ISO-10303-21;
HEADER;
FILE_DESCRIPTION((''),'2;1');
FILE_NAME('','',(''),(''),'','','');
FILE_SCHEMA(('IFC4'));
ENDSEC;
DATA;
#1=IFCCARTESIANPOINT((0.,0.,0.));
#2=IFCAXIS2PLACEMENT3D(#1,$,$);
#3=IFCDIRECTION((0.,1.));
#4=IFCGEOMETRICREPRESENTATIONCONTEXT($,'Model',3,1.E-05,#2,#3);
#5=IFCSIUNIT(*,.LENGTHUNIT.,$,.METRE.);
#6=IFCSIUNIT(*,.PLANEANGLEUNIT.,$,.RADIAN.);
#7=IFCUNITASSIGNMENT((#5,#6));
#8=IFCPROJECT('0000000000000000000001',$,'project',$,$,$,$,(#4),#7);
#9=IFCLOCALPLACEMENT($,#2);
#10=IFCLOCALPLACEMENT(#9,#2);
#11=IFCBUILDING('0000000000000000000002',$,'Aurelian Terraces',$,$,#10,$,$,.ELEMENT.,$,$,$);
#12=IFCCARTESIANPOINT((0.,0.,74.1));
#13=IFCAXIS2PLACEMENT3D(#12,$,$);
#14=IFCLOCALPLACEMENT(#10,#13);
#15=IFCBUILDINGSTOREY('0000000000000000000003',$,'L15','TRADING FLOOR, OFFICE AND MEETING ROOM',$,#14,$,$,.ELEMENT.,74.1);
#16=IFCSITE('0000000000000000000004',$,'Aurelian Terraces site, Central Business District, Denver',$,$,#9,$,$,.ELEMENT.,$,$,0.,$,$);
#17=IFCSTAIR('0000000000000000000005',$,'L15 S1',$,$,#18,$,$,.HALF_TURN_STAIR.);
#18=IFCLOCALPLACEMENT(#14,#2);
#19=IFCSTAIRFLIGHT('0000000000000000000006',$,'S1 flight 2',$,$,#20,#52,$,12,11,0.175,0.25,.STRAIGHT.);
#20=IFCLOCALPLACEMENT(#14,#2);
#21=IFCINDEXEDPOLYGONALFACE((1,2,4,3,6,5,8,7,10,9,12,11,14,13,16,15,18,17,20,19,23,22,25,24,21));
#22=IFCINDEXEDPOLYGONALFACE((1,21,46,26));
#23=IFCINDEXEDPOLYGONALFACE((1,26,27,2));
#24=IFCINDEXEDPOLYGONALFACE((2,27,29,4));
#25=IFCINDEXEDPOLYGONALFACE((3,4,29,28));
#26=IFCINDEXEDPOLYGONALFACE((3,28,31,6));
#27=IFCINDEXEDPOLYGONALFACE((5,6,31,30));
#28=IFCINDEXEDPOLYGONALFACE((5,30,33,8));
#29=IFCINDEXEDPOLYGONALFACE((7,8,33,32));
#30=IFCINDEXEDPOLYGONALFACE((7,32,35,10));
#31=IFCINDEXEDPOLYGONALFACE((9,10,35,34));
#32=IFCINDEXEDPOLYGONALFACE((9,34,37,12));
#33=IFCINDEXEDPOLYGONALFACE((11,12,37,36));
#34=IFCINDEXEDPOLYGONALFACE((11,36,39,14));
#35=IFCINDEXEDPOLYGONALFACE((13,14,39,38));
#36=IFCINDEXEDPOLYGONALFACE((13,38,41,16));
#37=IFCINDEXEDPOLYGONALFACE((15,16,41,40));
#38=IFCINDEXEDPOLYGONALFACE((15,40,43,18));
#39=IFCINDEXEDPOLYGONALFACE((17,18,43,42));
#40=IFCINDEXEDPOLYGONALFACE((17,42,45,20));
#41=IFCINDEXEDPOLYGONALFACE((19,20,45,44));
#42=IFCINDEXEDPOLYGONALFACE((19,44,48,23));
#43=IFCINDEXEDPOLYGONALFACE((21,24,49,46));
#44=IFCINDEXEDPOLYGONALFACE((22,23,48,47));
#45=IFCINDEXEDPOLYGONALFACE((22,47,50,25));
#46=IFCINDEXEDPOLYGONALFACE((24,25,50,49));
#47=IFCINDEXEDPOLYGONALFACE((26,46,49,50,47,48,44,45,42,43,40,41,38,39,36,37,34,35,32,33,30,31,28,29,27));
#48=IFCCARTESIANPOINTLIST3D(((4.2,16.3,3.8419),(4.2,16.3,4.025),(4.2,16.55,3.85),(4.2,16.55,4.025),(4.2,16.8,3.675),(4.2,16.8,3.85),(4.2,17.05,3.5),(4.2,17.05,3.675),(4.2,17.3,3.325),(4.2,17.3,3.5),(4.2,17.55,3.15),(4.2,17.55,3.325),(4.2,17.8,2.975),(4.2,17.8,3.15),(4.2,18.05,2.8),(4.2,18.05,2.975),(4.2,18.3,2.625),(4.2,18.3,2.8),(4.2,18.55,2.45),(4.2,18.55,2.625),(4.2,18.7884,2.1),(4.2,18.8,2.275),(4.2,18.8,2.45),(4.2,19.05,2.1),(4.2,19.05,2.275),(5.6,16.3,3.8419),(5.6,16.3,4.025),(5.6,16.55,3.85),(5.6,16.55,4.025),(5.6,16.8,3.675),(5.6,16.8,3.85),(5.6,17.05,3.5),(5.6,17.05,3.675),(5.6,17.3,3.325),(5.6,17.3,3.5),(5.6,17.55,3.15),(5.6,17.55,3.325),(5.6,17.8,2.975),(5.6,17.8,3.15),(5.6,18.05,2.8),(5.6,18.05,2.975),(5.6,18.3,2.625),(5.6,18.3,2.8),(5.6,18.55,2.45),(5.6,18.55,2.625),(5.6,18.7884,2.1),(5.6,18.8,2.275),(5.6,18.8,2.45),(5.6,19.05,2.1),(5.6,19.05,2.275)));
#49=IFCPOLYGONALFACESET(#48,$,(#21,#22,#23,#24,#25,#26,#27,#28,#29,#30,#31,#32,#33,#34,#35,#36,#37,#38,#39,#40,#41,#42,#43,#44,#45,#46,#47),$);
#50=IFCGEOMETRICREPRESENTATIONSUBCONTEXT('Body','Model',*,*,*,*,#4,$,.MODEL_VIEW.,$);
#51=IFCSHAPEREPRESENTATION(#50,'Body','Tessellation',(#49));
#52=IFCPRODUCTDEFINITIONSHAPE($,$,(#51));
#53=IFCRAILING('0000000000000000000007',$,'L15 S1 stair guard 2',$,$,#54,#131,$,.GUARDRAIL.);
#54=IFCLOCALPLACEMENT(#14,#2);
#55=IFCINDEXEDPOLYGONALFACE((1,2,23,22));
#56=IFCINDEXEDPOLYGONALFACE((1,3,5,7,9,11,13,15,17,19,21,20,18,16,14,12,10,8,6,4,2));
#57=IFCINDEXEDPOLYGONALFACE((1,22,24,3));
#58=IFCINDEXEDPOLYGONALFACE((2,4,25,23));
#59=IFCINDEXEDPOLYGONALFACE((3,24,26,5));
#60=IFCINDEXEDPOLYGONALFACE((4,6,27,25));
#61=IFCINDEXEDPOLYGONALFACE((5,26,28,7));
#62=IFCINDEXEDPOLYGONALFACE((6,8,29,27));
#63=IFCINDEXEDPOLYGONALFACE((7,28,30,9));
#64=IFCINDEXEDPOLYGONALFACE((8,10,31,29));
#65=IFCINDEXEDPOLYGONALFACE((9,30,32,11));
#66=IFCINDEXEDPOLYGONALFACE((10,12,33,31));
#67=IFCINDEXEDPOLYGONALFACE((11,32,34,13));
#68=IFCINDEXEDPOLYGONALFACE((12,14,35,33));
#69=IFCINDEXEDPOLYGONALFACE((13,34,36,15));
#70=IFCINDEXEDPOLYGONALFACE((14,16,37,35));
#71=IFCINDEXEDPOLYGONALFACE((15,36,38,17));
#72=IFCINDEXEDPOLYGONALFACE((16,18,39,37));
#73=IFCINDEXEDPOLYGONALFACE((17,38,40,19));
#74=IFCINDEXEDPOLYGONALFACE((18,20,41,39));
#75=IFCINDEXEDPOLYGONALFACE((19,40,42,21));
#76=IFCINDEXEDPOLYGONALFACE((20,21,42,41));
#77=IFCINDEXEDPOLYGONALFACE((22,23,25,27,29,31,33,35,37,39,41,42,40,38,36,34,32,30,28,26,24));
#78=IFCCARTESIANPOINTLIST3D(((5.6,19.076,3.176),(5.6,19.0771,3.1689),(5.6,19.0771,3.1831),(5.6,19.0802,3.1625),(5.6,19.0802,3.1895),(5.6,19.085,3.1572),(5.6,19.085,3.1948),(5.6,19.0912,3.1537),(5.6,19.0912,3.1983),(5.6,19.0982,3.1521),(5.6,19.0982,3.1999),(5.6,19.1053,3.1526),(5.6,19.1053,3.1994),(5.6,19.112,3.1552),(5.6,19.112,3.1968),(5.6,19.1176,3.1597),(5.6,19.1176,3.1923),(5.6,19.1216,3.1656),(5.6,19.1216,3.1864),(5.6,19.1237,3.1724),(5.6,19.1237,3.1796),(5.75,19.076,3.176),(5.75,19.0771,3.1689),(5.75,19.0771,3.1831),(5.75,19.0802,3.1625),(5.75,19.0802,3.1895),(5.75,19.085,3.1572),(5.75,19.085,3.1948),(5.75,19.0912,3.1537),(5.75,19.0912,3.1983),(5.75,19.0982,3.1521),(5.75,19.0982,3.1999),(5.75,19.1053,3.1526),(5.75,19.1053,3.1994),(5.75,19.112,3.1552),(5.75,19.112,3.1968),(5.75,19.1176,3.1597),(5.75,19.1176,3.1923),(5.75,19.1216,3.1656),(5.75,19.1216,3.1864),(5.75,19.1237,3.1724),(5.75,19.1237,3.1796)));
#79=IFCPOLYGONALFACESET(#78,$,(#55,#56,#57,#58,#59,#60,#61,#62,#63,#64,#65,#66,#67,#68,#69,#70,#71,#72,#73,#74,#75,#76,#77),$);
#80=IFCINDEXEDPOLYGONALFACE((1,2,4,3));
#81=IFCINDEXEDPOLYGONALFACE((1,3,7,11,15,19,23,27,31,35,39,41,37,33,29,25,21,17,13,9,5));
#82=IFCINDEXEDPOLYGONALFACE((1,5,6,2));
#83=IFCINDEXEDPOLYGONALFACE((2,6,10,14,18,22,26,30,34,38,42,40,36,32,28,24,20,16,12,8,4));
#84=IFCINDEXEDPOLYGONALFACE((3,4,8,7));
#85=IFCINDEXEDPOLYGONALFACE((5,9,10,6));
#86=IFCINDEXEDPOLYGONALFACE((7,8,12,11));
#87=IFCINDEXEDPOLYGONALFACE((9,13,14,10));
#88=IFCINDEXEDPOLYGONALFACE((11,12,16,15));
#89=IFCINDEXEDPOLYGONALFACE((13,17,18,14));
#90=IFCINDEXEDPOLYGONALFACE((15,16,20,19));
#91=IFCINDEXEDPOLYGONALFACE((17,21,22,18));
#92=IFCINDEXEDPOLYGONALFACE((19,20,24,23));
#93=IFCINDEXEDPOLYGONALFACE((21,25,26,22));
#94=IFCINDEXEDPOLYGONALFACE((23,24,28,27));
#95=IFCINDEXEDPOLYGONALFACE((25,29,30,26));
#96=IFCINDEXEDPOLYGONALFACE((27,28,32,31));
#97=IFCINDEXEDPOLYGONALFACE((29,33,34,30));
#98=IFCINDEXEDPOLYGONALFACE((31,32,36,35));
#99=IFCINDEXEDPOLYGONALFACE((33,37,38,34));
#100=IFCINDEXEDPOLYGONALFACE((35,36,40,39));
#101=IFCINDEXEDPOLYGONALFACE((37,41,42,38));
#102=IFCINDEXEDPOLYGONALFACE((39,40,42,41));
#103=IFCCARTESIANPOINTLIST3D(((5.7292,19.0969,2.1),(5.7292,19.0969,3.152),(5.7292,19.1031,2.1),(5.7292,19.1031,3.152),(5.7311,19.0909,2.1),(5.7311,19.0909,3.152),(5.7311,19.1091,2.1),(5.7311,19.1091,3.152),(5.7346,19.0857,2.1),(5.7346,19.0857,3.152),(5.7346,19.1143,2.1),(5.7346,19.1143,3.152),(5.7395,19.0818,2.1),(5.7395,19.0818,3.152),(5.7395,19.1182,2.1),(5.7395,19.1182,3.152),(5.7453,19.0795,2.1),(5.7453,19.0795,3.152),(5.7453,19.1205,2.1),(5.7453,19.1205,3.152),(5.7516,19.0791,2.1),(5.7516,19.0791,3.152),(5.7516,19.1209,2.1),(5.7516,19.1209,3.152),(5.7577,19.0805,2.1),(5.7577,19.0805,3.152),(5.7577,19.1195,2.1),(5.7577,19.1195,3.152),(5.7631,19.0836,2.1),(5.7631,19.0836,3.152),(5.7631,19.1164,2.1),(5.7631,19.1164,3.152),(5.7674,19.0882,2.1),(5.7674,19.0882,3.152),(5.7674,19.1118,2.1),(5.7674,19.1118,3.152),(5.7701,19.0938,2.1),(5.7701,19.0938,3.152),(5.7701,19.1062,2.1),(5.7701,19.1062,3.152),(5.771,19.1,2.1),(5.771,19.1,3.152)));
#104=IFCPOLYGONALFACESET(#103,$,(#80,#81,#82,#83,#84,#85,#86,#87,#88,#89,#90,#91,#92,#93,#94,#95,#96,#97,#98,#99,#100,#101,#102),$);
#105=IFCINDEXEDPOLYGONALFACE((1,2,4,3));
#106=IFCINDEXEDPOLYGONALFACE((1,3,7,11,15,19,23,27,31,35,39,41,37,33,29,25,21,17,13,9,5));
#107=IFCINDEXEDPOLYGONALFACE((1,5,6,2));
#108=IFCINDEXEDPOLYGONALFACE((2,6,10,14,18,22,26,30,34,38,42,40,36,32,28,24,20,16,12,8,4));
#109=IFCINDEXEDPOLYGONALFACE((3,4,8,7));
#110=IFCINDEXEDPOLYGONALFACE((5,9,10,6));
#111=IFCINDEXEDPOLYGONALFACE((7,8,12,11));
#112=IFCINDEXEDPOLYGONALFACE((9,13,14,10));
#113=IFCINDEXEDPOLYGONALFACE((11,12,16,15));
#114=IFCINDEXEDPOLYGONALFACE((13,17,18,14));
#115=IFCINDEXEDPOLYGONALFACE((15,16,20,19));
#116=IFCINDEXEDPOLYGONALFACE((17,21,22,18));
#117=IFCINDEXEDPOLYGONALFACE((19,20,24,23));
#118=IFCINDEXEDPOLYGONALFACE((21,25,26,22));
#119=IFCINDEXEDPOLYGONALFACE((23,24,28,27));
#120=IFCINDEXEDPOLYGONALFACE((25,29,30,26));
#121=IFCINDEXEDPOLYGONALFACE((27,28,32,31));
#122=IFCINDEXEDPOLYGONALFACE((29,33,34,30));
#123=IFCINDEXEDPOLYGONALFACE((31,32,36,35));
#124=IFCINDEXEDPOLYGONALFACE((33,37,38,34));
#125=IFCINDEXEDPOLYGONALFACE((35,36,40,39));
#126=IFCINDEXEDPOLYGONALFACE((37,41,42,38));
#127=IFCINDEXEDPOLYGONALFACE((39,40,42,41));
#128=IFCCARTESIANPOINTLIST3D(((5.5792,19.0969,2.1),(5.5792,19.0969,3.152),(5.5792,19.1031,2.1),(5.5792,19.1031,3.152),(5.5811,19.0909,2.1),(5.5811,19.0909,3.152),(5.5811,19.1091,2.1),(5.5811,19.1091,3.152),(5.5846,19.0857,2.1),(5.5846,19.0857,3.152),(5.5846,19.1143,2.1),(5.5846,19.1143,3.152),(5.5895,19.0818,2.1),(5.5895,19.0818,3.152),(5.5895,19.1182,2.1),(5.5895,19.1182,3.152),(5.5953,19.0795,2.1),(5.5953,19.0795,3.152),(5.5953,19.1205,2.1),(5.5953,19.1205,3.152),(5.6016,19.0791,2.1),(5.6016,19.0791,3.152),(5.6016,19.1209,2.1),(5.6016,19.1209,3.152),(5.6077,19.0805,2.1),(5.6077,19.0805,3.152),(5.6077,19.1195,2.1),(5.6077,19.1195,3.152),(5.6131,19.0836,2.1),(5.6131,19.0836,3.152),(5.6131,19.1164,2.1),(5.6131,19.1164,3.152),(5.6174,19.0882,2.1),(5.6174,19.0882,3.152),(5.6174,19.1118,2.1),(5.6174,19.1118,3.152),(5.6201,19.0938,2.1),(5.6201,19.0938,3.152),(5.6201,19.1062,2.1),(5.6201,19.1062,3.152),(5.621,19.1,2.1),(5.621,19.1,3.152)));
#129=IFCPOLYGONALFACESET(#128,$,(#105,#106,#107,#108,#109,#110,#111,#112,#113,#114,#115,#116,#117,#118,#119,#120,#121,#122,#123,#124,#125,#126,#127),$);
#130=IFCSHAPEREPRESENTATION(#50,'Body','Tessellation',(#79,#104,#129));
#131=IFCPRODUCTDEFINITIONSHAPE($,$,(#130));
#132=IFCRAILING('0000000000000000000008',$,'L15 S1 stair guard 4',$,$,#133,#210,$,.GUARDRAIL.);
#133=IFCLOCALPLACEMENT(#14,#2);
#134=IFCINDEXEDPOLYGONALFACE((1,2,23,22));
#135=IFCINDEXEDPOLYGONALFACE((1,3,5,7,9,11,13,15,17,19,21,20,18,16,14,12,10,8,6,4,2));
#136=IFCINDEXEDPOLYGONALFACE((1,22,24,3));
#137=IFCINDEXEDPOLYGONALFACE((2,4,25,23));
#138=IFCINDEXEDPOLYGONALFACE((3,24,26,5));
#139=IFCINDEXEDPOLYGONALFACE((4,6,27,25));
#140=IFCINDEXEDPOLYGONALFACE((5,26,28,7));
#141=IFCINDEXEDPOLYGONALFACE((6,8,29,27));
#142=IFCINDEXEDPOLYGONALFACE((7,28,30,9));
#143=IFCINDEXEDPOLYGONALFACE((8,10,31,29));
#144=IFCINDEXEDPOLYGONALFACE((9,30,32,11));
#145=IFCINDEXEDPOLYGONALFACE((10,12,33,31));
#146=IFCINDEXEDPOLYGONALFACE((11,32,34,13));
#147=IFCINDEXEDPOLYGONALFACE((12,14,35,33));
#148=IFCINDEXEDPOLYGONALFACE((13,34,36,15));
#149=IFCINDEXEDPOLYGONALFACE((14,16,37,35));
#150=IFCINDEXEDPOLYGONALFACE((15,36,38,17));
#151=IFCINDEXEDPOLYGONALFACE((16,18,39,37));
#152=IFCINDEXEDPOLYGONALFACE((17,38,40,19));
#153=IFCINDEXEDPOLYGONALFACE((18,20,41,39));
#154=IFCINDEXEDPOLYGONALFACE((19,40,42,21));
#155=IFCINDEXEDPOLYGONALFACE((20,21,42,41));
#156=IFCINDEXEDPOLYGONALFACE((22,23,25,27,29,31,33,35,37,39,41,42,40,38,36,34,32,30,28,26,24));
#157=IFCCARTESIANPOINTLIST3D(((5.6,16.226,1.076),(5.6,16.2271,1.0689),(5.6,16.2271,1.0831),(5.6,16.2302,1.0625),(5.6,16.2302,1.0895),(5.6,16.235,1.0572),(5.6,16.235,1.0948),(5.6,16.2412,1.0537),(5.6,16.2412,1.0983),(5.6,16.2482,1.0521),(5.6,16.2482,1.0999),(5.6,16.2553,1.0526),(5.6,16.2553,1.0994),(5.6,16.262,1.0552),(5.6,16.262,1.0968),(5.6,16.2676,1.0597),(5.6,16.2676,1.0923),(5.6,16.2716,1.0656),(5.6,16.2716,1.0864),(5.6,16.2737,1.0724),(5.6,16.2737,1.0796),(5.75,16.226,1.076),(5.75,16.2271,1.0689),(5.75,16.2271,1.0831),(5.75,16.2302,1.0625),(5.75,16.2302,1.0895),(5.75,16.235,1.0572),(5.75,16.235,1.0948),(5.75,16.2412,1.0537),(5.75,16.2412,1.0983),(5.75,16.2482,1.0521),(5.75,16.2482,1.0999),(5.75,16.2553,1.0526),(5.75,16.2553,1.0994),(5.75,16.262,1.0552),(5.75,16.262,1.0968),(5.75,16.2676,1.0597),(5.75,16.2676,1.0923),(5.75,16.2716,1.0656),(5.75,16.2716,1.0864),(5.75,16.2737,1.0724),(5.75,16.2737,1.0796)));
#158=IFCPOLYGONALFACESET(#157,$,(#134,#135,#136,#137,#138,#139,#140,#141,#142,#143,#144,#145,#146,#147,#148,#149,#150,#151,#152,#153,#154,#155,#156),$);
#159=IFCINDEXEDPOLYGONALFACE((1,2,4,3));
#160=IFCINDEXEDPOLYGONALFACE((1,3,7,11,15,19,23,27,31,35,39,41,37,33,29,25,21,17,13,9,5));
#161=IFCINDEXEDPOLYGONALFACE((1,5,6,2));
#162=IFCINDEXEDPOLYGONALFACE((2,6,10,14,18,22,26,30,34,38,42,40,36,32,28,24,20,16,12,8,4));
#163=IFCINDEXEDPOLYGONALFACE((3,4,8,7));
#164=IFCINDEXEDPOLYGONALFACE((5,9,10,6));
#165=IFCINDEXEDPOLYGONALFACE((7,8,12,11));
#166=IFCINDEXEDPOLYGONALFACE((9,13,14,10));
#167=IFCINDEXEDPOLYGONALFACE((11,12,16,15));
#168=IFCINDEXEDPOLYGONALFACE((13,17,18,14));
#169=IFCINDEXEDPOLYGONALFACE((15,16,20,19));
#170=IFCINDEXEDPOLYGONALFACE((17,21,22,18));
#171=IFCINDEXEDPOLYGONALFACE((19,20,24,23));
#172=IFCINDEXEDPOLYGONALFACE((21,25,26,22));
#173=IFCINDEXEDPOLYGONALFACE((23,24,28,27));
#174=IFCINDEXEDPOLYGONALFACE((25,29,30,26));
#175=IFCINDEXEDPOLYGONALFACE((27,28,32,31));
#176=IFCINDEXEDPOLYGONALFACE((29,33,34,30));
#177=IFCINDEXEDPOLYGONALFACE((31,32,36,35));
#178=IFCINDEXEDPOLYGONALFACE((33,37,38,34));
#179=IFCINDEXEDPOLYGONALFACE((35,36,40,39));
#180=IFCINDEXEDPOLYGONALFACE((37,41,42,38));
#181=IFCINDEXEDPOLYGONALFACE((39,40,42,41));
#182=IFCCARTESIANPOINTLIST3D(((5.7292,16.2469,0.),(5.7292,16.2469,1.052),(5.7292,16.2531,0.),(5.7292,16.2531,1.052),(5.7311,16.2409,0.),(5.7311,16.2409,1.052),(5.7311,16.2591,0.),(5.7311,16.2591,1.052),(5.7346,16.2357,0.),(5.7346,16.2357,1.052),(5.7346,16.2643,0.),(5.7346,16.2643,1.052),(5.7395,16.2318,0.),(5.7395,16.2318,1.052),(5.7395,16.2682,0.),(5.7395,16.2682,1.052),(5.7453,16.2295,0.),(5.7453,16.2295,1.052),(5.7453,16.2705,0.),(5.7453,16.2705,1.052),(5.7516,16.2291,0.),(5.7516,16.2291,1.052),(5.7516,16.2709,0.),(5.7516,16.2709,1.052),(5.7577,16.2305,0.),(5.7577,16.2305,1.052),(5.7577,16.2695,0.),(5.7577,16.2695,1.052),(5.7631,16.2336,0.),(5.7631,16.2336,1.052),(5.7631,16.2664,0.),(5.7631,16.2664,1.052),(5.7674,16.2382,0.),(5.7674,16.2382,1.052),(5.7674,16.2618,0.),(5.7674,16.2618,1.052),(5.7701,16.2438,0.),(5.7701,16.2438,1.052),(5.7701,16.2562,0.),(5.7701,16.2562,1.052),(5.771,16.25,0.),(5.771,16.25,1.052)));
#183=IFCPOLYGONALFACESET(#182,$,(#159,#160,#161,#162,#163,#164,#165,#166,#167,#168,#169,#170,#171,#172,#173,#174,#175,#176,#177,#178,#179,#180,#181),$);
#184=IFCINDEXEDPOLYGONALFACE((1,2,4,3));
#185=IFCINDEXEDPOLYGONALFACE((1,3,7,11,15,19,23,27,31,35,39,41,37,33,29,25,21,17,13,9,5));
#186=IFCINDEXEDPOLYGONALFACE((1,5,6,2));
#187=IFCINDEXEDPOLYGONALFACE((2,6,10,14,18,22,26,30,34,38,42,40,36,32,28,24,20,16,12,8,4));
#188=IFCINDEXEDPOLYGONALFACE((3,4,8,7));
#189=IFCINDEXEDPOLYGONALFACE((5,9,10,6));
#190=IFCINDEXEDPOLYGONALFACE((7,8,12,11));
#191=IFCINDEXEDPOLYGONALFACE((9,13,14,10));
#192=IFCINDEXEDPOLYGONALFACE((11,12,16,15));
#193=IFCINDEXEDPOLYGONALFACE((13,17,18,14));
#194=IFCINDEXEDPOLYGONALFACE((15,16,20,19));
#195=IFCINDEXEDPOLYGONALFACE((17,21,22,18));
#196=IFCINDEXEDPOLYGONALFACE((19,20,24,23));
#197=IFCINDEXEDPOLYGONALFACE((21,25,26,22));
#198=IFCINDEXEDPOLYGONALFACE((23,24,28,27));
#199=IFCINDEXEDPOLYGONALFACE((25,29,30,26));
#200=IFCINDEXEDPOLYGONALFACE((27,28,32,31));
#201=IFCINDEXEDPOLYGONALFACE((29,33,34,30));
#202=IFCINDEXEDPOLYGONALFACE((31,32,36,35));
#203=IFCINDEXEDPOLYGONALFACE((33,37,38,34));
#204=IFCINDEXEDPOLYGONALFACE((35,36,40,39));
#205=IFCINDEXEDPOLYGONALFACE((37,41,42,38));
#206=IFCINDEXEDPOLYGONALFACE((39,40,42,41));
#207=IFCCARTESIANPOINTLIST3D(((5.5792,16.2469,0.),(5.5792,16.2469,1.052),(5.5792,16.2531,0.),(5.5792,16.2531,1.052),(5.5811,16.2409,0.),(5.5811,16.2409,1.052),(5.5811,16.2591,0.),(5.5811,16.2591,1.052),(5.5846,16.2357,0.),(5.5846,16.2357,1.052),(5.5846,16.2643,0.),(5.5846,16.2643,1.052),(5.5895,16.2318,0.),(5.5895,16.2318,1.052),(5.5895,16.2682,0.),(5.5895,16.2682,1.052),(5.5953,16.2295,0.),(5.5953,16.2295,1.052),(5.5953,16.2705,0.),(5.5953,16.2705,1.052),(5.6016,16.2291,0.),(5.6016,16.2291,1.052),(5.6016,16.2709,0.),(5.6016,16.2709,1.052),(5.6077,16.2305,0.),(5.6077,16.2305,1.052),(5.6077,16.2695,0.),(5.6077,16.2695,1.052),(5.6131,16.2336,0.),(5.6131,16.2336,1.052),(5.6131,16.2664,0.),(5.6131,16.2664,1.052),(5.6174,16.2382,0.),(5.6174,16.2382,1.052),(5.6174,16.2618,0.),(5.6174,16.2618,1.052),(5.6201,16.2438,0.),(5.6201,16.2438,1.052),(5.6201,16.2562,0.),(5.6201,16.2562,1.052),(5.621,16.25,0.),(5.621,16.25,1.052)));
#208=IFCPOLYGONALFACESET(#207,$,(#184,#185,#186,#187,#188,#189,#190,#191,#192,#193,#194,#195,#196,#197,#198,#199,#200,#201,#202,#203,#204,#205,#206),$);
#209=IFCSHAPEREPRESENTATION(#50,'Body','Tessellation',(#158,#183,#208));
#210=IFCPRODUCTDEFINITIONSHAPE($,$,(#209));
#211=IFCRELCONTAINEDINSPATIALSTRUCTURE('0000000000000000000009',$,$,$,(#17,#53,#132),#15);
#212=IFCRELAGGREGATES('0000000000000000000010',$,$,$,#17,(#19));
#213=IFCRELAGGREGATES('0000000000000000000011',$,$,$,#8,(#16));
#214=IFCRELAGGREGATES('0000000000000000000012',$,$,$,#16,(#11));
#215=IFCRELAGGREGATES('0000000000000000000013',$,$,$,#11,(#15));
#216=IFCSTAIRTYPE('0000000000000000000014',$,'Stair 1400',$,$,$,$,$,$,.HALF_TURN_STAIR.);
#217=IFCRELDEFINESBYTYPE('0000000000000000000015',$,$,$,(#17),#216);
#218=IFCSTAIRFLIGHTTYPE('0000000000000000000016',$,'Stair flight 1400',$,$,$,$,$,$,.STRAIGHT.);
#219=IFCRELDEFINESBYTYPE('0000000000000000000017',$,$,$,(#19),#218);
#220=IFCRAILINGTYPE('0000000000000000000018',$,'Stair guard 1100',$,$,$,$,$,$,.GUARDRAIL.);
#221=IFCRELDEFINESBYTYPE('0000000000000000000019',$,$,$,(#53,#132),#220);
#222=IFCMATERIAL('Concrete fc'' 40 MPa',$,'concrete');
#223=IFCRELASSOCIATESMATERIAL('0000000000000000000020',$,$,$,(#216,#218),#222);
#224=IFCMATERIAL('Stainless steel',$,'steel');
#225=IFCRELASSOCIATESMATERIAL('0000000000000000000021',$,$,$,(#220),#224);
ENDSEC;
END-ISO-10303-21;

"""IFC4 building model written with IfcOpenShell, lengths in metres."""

from ifc_helpers import new_model, si_unit, direction, frame, origin, origin_2d, place, context, subcontext, project, spatial, polyline, circle, outline, extrude, source, transform, mapped, material, type_object, element, aggregate, save


model = new_model("IFC4")

# Units and contexts
model_context = context("Model", 3, precision=1e-05, world=origin(), true_north=direction((0.0, 1.0)))
body_context = subcontext(model_context, "Body", "Model", "MODEL_VIEW")
ifc_project = project(units=[si_unit("LENGTHUNIT", "METRE"), si_unit("PLANEANGLEUNIT", "RADIAN")], contexts=[model_context])

# Site, building, storey
site_placement = place(None, origin())
site = spatial("IfcSite", under=ifc_project, at=site_placement, Name="Aurelian Terraces site, Central Business District, Denver", CompositionType="ELEMENT", RefElevation=0.0)
building_placement = place(site_placement, origin())
building = spatial("IfcBuilding", under=site, at=building_placement, Name="Aurelian Terraces", CompositionType="ELEMENT")
storey_placement = place(building_placement, frame((0.0, 0.0, 74.1)))
storey = spatial("IfcBuildingStorey", under=building, at=storey_placement, Name="L15", Description="TRADING FLOOR, OFFICE AND MEETING ROOM", CompositionType="ELEMENT", Elevation=74.1)

# Shared definitions
ifc_material_1 = material(Name="Concrete fc' 40 MPa", Category="concrete")

# Stair, stair flight
stair_type = type_object("IfcStairType", Name="Stair 1400", PredefinedType="HALF_TURN_STAIR", material=ifc_material_1)
stair_placement = place(storey_placement, origin())
stair = element("IfcStair", 1, at=stair_placement, inside=storey, type_object=stair_type, Name="L15 S1", PredefinedType="HALF_TURN_STAIR")
stair_flight_type = type_object("IfcStairFlightType", Name="Stair flight 1400", PredefinedType="STRAIGHT", material=ifc_material_1)
shared_shape_1 = source(origin(), body_context, "Body", "SweptSolid", [
    extrude(outline(polyline([(0.0, 0.0), (0.0, 0.175), (0.25, 0.175), (0.25, 0.35), (0.5, 0.35), (0.5, 0.525), (0.75, 0.525), (0.75, 0.7), (1.0, 0.7), (1.0, 0.875), (1.25, 0.875), (1.25, 1.05), (1.5, 1.05), (1.5, 1.225), (1.75, 1.225), (1.75, 1.4), (2.0, 1.4), (2.0, 1.575), (2.25, 1.575), (2.25, 1.75), (2.5, 1.75), (2.5, 1.925), (2.75, 1.925), (2.75, 2.1), (2.75, 1.7419), (0.2616, 0.0), (0.0, 0.0)])), frame((0.0, 0.7, 0.0), z_axis=(0.0, -1.0, 0.0), x_axis=(1.0, 0.0, 0.0)), (0.0, 0.0, 1.0), 1.4),
])
stair_flight_1_placement = place(storey_placement, frame((4.9, 19.05, 2.1), z_axis=(0.0, 0.0, 1.0), x_axis=(0.0, -1.0, 0.0)))
stair_flight_1 = element("IfcStairFlight", 2, at=stair_flight_1_placement, type_object=stair_flight_type, Name="S1 flight 2", NumberOfRisers=12, NumberOfTreads=11, PredefinedType="STRAIGHT", RiserHeight=0.175, TreadLength=0.25, context=body_context, shape_type="MappedRepresentation", body=[
    mapped(shared_shape_1, transform((0.0, 0.0, 0.0), scale=1.0)),
])
aggregate(stair, [stair_flight_1])

# Railings
ifc_material_2 = material(Name="Stainless steel", Category="steel")
railing_type_1 = type_object("IfcRailingType", Name="Stair guard 1100", PredefinedType="GUARDRAIL", material=ifc_material_2)
shared_shape_2 = source(origin(), body_context, "Body", "SweptSolid", [
    extrude(circle(Radius=0.024, at=origin_2d()), frame((0.0, 0.0, 1.076), z_axis=(-1.0, 0.0, 0.0), x_axis=(0.0, -1.0, 0.0)), (0.0, 0.0, 1.0), 0.15),
    extrude(circle(Radius=0.021, at=origin_2d()), origin(), (0.0, 0.0, 1.0), 1.052),
    extrude(circle(Radius=0.021, at=origin_2d()), frame((-0.15, 0.0, 0.0)), (0.0, 0.0, 1.0), 1.052),
])
for number, where, name in (
    (3, (5.75, 19.1, 2.1), "L15 S1 stair guard 2"),
    (4, (5.75, 16.25, 0.0), "L15 S1 stair guard 4"),
):
    element("IfcRailing", number, at=place(storey_placement, frame(where)), inside=storey, type_object=railing_type_1, Name=name, PredefinedType="GUARDRAIL", context=body_context, shape_type="MappedRepresentation", body=[
        mapped(shared_shape_2, transform((0.0, 0.0, 0.0), scale=1.0)),
    ])

save(model, "model.ifc")
